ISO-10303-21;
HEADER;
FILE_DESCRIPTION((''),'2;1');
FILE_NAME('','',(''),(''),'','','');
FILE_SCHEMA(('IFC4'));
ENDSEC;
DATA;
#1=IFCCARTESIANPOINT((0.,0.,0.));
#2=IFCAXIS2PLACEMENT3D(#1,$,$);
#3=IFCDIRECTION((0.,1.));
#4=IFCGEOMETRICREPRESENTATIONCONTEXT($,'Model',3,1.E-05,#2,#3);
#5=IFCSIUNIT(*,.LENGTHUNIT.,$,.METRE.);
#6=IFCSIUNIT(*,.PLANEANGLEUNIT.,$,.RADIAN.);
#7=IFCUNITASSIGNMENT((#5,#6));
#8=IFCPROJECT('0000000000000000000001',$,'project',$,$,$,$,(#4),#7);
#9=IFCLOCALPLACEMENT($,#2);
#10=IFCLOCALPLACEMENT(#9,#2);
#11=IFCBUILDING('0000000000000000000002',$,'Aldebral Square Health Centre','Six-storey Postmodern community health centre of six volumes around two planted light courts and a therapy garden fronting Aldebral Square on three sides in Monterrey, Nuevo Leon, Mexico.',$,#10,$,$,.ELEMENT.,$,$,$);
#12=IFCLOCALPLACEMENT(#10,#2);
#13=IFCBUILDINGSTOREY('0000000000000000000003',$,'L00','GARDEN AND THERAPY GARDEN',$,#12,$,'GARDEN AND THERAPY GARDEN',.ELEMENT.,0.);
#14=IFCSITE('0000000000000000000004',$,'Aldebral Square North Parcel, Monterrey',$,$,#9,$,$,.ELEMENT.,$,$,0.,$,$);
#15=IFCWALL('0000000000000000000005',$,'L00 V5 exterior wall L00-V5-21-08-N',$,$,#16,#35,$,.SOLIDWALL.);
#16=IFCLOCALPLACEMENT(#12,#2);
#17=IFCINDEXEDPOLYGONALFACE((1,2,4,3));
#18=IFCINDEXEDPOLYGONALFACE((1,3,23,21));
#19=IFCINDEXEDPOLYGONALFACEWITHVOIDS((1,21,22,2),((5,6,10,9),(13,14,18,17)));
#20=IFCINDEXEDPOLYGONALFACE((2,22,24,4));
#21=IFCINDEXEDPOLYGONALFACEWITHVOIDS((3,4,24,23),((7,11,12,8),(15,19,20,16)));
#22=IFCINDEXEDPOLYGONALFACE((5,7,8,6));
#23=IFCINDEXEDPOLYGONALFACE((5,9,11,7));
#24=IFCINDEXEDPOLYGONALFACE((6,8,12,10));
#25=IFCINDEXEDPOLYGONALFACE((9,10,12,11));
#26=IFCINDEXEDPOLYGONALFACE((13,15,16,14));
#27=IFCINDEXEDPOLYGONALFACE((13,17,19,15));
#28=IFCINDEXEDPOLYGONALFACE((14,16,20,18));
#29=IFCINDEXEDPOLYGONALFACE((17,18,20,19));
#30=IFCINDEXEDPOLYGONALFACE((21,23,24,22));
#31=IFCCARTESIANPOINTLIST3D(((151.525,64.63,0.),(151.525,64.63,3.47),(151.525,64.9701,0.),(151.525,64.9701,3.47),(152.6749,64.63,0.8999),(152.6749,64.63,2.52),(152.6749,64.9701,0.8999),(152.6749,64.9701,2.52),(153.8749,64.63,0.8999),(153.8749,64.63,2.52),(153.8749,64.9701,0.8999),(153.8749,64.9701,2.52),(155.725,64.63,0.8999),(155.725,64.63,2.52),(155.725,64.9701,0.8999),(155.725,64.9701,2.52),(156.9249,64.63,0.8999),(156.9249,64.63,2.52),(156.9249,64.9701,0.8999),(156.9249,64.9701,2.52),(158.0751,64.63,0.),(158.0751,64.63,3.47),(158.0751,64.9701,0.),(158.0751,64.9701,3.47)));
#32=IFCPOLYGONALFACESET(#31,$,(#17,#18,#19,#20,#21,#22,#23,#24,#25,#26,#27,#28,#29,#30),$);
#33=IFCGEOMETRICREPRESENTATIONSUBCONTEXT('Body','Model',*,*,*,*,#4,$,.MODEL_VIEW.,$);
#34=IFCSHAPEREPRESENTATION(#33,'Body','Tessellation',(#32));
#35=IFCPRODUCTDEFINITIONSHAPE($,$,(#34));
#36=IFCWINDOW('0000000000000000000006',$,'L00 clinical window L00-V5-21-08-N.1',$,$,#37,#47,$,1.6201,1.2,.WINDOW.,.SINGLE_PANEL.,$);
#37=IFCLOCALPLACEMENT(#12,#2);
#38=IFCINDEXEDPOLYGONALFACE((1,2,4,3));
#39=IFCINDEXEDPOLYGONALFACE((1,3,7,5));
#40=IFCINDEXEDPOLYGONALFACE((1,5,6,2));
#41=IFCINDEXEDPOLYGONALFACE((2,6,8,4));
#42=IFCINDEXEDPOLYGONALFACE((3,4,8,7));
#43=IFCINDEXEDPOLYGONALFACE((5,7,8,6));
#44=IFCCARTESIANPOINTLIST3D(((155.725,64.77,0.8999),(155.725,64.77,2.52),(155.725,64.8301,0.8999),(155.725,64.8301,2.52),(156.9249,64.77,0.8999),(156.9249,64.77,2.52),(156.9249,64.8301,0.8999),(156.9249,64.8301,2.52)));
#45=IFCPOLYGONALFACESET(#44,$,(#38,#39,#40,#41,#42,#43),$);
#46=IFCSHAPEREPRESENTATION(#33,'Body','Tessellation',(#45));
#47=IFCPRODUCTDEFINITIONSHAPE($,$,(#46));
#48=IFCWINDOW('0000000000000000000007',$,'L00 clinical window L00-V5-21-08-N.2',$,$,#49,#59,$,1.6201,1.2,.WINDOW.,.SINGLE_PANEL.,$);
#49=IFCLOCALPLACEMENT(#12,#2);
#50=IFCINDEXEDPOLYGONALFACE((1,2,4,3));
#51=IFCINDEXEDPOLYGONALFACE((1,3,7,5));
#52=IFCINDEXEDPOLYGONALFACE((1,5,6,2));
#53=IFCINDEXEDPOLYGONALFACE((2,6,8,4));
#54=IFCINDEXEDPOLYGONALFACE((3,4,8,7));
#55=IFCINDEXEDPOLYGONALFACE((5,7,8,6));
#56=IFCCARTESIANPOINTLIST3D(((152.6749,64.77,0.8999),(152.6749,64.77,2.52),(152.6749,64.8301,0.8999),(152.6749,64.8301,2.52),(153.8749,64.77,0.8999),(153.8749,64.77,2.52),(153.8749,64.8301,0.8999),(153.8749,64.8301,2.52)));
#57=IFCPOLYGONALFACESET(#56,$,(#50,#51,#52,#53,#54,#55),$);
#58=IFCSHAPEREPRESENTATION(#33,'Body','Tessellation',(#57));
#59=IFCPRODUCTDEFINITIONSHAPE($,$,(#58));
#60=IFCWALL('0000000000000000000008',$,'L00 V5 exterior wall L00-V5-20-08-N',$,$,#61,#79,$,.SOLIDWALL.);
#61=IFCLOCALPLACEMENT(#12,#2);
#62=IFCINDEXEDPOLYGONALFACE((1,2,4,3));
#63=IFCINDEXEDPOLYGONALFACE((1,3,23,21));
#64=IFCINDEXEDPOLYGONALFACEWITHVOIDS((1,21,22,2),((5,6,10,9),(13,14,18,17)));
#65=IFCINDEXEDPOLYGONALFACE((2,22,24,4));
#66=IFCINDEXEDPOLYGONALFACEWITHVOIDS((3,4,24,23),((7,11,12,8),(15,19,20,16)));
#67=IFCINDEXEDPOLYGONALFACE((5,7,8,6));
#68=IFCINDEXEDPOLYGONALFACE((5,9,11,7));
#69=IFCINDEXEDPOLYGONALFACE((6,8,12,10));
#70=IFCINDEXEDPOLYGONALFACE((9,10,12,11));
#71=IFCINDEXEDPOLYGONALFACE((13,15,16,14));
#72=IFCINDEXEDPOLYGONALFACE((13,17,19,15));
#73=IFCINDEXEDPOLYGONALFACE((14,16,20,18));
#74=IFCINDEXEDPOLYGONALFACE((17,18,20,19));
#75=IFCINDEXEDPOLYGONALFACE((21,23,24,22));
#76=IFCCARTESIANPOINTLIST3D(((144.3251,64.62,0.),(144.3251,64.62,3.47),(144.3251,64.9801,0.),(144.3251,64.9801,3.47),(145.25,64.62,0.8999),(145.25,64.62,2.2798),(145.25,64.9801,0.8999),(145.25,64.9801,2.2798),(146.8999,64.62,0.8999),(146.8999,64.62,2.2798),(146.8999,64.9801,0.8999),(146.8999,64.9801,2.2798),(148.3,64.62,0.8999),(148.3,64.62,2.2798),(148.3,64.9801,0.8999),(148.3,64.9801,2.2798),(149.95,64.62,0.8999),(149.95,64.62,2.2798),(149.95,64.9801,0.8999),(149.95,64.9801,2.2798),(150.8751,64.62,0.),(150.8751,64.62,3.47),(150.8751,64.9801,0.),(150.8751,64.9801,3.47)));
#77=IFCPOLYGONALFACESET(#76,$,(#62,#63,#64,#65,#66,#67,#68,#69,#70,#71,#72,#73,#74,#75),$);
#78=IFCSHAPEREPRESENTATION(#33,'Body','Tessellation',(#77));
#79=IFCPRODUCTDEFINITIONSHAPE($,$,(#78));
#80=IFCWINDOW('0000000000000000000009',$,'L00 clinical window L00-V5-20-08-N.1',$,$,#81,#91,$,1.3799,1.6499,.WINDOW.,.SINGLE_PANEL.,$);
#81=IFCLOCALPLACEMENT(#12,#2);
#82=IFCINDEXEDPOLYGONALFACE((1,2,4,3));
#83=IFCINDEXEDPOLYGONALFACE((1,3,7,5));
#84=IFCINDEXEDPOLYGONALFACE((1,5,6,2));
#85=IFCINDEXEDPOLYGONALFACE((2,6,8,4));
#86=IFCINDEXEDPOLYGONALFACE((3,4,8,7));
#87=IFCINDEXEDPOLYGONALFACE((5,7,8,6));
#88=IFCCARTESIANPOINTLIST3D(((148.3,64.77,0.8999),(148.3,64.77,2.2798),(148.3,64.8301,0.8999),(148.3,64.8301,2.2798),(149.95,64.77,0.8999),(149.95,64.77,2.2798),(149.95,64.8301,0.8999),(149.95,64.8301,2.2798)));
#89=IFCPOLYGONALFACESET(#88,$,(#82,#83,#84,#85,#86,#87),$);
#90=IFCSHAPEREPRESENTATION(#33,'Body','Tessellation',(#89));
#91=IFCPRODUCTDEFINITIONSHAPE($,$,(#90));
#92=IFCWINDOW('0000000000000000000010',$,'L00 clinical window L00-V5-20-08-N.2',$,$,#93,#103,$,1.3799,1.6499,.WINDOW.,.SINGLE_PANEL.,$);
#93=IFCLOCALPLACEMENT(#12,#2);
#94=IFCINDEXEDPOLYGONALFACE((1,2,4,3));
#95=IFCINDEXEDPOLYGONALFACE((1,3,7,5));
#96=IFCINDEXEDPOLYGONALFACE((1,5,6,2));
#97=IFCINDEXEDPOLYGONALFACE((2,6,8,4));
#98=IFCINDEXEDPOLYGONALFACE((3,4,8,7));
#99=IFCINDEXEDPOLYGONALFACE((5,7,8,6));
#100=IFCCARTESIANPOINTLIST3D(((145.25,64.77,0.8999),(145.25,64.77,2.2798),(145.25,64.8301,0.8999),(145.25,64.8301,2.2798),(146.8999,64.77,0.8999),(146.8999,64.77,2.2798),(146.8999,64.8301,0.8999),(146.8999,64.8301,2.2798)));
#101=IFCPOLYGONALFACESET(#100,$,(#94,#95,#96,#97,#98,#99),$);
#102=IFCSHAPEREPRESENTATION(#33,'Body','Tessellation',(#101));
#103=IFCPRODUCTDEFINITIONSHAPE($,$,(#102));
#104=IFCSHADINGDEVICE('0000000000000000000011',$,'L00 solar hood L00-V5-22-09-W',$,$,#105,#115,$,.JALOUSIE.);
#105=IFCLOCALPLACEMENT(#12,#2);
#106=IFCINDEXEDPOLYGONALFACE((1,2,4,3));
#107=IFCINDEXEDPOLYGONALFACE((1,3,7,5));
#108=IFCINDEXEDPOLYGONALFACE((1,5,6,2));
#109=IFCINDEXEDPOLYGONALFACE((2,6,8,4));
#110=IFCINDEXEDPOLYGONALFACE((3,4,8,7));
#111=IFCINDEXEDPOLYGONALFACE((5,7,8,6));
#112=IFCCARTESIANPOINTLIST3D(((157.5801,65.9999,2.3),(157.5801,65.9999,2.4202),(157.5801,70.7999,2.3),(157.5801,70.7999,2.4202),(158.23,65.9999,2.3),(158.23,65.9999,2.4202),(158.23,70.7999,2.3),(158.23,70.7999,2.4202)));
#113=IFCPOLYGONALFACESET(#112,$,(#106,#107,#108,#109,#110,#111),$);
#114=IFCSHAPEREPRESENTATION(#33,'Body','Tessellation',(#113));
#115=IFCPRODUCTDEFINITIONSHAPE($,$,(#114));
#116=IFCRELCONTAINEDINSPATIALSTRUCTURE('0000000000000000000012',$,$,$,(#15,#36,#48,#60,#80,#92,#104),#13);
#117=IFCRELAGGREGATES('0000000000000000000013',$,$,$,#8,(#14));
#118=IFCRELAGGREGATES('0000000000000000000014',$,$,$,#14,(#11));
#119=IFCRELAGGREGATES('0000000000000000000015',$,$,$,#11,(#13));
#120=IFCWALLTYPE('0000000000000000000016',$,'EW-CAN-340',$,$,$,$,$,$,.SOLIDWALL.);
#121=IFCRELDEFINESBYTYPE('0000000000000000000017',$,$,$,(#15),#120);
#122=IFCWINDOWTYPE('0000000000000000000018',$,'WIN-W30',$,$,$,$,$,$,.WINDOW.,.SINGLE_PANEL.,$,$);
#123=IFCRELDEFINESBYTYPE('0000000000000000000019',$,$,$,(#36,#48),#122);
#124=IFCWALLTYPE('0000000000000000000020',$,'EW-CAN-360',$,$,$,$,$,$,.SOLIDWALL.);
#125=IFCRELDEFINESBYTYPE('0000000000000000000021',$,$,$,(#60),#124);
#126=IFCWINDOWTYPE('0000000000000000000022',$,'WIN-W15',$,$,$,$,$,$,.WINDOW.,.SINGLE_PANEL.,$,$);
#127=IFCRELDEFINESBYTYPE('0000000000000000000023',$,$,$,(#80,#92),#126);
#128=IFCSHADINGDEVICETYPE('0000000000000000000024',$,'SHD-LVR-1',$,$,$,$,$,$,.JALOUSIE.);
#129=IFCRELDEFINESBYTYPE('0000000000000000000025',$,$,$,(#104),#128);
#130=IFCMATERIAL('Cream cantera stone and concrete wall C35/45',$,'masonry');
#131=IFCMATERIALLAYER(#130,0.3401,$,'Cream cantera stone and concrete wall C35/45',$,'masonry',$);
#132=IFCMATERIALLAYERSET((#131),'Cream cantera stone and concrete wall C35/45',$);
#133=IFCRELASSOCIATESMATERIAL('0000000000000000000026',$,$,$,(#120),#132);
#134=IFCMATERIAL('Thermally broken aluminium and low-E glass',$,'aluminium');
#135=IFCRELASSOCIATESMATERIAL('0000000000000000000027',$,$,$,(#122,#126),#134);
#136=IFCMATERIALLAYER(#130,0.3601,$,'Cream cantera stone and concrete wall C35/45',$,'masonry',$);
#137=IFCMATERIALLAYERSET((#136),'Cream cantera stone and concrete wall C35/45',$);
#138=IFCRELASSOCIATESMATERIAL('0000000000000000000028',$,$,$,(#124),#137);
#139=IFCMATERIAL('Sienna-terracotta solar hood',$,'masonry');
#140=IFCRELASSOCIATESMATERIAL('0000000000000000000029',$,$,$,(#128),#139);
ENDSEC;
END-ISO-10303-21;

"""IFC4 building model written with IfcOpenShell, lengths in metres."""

from ifc_helpers import new_model, si_unit, direction, frame, frame_2d, origin, origin_2d, place, context, subcontext, project, spatial, rectangle, extrude, material, layer, layer_set, type_object, element, fill, save


model = new_model("IFC4")

# Units and contexts
model_context = context("Model", 3, precision=1e-05, world=origin(), true_north=direction((0.0, 1.0)))
body_context = subcontext(model_context, "Body", "Model", "MODEL_VIEW")
ifc_project = project(units=[si_unit("LENGTHUNIT", "METRE"), si_unit("PLANEANGLEUNIT", "RADIAN")], contexts=[model_context])

# Site, building, storey
site_placement = place(None, origin())
site = spatial("IfcSite", under=ifc_project, at=site_placement, Name="Aldebral Square North Parcel, Monterrey", CompositionType="ELEMENT", RefElevation=0.0)
building_placement = place(site_placement, origin())
building = spatial("IfcBuilding", under=site, at=building_placement, Name="Aldebral Square Health Centre", Description="Six-storey Postmodern community health centre of six volumes around two planted light courts and a therapy garden fronting Aldebral Square on three sides in Monterrey, Nuevo Leon, Mexico.", CompositionType="ELEMENT")
storey_placement = place(building_placement, origin())
storey = spatial("IfcBuildingStorey", under=building, at=storey_placement, Name="L00", Description="GARDEN AND THERAPY GARDEN", LongName="GARDEN AND THERAPY GARDEN", CompositionType="ELEMENT", Elevation=0.0)

# Walls, openings, windows
ifc_material_1 = material(Name="Cream cantera stone and concrete wall C35/45", Category="masonry")
ifc_layer_1 = layer(ifc_material_1, 0.3401, Name="Cream cantera stone and concrete wall C35/45", Category="masonry")
ifc_layer_set_1 = layer_set([ifc_layer_1], Name="Cream cantera stone and concrete wall C35/45")
wall_type_1 = type_object("IfcWallType", Name="EW-CAN-340", PredefinedType="SOLIDWALL", material=ifc_layer_set_1)
wall_1_placement = place(storey_placement, frame((158.075, 64.8, 0.0), z_axis=(0.0, 0.0, 1.0), x_axis=(-1.0, 0.0, 0.0)))
wall_1 = element("IfcWall", 1, at=wall_1_placement, inside=storey, type_object=wall_type_1, Name="L00 V5 exterior wall L00-V5-21-08-N", PredefinedType="SOLIDWALL", context=body_context, shape_type="SweptSolid", body=[
    extrude(rectangle(XDim=6.55, YDim=0.3401, at=frame_2d((3.2749, 0.0))), origin(), (0.0, 0.0, 1.0), 3.47),
])
opening_1_placement = place(wall_1_placement, frame((1.1499, 0.0, 0.8999)))
opening_1 = element("IfcOpeningElement", 2, at=opening_1_placement, cuts=wall_1, PredefinedType="OPENING", context=body_context, shape_type="SweptSolid", body=[
    extrude(rectangle(XDim=1.2, YDim=1.6201, at=frame_2d((0.6001, 0.8101))), frame((0.0, 0.1802, 0.0), z_axis=(0.0, -1.0, 0.0), x_axis=(1.0, 0.0, 0.0)), (0.0, 0.0, 1.0), 0.3601),
])
opening_2_placement = place(wall_1_placement, frame((4.2, 0.0, 0.8999)))
opening_2 = element("IfcOpeningElement", 3, at=opening_2_placement, cuts=wall_1, PredefinedType="OPENING", context=body_context, shape_type="SweptSolid", body=[
    extrude(rectangle(XDim=1.2, YDim=1.6201, at=frame_2d((0.6001, 0.8101))), frame((0.0, 0.1802, 0.0), z_axis=(0.0, -1.0, 0.0), x_axis=(1.0, 0.0, 0.0)), (0.0, 0.0, 1.0), 0.3601),
])
ifc_material_2 = material(Name="Thermally broken aluminium and low-E glass", Category="aluminium")
window_type_1 = type_object("IfcWindowType", Name="WIN-W30", PartitioningType="SINGLE_PANEL", PredefinedType="WINDOW", material=ifc_material_2)
window_1_placement = place(opening_1_placement, origin())
window_1 = element("IfcWindow", 4, at=window_1_placement, inside=storey, type_object=window_type_1, Name="L00 clinical window L00-V5-21-08-N.1", OverallHeight=1.6201, OverallWidth=1.2, PartitioningType="SINGLE_PANEL", PredefinedType="WINDOW", context=body_context, shape_type="SweptSolid", body=[
    extrude(rectangle(XDim=1.2, YDim=1.6201, at=frame_2d((0.6001, 0.8101))), frame((0.0, 0.03, 0.0), z_axis=(0.0, -1.0, 0.0), x_axis=(1.0, 0.0, 0.0)), (0.0, 0.0, 1.0), 0.0601),
])
fill(opening_1, window_1)
window_2_placement = place(opening_2_placement, origin())
window_2 = element("IfcWindow", 5, at=window_2_placement, inside=storey, type_object=window_type_1, Name="L00 clinical window L00-V5-21-08-N.2", OverallHeight=1.6201, OverallWidth=1.2, PartitioningType="SINGLE_PANEL", PredefinedType="WINDOW", context=body_context, shape_type="SweptSolid", body=[
    extrude(rectangle(XDim=1.2, YDim=1.6201, at=frame_2d((0.6001, 0.8101))), frame((0.0, 0.03, 0.0), z_axis=(0.0, -1.0, 0.0), x_axis=(1.0, 0.0, 0.0)), (0.0, 0.0, 1.0), 0.0601),
])
fill(opening_2, window_2)
ifc_layer_2 = layer(ifc_material_1, 0.3601, Name="Cream cantera stone and concrete wall C35/45", Category="masonry")
ifc_layer_set_2 = layer_set([ifc_layer_2], Name="Cream cantera stone and concrete wall C35/45")
wall_type_2 = type_object("IfcWallType", Name="EW-CAN-360", PredefinedType="SOLIDWALL", material=ifc_layer_set_2)
wall_2_placement = place(storey_placement, frame((150.875, 64.8, 0.0), z_axis=(0.0, 0.0, 1.0), x_axis=(-1.0, 0.0, 0.0)))
wall_2 = element("IfcWall", 6, at=wall_2_placement, inside=storey, type_object=wall_type_2, Name="L00 V5 exterior wall L00-V5-20-08-N", PredefinedType="SOLIDWALL", context=body_context, shape_type="SweptSolid", body=[
    extrude(rectangle(XDim=6.55, YDim=0.3601, at=frame_2d((3.2749, 0.0))), origin(), (0.0, 0.0, 1.0), 3.47),
])
opening_3_placement = place(wall_2_placement, frame((0.925, 0.0, 0.8999)))
opening_3 = element("IfcOpeningElement", 7, at=opening_3_placement, cuts=wall_2, PredefinedType="OPENING", context=body_context, shape_type="SweptSolid", body=[
    extrude(rectangle(XDim=1.6499, YDim=1.3799, at=frame_2d((0.825, 0.6899))), frame((0.0, 0.1899, 0.0), z_axis=(0.0, -1.0, 0.0), x_axis=(1.0, 0.0, 0.0)), (0.0, 0.0, 1.0), 0.3801),
])
opening_4_placement = place(wall_2_placement, frame((3.9751, 0.0, 0.8999)))
opening_4 = element("IfcOpeningElement", 8, at=opening_4_placement, cuts=wall_2, PredefinedType="OPENING", context=body_context, shape_type="SweptSolid", body=[
    extrude(rectangle(XDim=1.6499, YDim=1.3799, at=frame_2d((0.825, 0.6899))), frame((0.0, 0.1899, 0.0), z_axis=(0.0, -1.0, 0.0), x_axis=(1.0, 0.0, 0.0)), (0.0, 0.0, 1.0), 0.3801),
])
window_type_2 = type_object("IfcWindowType", Name="WIN-W15", PartitioningType="SINGLE_PANEL", PredefinedType="WINDOW", material=ifc_material_2)
window_3_placement = place(opening_3_placement, origin())
window_3 = element("IfcWindow", 9, at=window_3_placement, inside=storey, type_object=window_type_2, Name="L00 clinical window L00-V5-20-08-N.1", OverallHeight=1.3799, OverallWidth=1.6499, PartitioningType="SINGLE_PANEL", PredefinedType="WINDOW", context=body_context, shape_type="SweptSolid", body=[
    extrude(rectangle(XDim=1.6499, YDim=1.3799, at=frame_2d((0.825, 0.6899))), frame((0.0, 0.03, 0.0), z_axis=(0.0, -1.0, 0.0), x_axis=(1.0, 0.0, 0.0)), (0.0, 0.0, 1.0), 0.0601),
])
fill(opening_3, window_3)
window_4_placement = place(opening_4_placement, origin())
window_4 = element("IfcWindow", 10, at=window_4_placement, inside=storey, type_object=window_type_2, Name="L00 clinical window L00-V5-20-08-N.2", OverallHeight=1.3799, OverallWidth=1.6499, PartitioningType="SINGLE_PANEL", PredefinedType="WINDOW", context=body_context, shape_type="SweptSolid", body=[
    extrude(rectangle(XDim=1.6499, YDim=1.3799, at=frame_2d((0.825, 0.6899))), frame((0.0, 0.03, 0.0), z_axis=(0.0, -1.0, 0.0), x_axis=(1.0, 0.0, 0.0)), (0.0, 0.0, 1.0), 0.0601),
])
fill(opening_4, window_4)

# Shading device
ifc_material_3 = material(Name="Sienna-terracotta solar hood", Category="masonry")
shading_device_type = type_object("IfcShadingDeviceType", Name="SHD-LVR-1", PredefinedType="JALOUSIE", material=ifc_material_3)
shading_device_placement = place(storey_placement, frame((157.905, 68.3999, 2.3), z_axis=(0.0, 0.0, 1.0), x_axis=(0.0, 1.0, 0.0)))
element("IfcShadingDevice", 11, at=shading_device_placement, inside=storey, type_object=shading_device_type, Name="L00 solar hood L00-V5-22-09-W", PredefinedType="JALOUSIE", context=body_context, shape_type="SweptSolid", body=[
    extrude(rectangle(XDim=4.8, YDim=0.6499, at=origin_2d()), origin(), (0.0, 0.0, 1.0), 0.1201),
])

save(model, "model.ifc")
